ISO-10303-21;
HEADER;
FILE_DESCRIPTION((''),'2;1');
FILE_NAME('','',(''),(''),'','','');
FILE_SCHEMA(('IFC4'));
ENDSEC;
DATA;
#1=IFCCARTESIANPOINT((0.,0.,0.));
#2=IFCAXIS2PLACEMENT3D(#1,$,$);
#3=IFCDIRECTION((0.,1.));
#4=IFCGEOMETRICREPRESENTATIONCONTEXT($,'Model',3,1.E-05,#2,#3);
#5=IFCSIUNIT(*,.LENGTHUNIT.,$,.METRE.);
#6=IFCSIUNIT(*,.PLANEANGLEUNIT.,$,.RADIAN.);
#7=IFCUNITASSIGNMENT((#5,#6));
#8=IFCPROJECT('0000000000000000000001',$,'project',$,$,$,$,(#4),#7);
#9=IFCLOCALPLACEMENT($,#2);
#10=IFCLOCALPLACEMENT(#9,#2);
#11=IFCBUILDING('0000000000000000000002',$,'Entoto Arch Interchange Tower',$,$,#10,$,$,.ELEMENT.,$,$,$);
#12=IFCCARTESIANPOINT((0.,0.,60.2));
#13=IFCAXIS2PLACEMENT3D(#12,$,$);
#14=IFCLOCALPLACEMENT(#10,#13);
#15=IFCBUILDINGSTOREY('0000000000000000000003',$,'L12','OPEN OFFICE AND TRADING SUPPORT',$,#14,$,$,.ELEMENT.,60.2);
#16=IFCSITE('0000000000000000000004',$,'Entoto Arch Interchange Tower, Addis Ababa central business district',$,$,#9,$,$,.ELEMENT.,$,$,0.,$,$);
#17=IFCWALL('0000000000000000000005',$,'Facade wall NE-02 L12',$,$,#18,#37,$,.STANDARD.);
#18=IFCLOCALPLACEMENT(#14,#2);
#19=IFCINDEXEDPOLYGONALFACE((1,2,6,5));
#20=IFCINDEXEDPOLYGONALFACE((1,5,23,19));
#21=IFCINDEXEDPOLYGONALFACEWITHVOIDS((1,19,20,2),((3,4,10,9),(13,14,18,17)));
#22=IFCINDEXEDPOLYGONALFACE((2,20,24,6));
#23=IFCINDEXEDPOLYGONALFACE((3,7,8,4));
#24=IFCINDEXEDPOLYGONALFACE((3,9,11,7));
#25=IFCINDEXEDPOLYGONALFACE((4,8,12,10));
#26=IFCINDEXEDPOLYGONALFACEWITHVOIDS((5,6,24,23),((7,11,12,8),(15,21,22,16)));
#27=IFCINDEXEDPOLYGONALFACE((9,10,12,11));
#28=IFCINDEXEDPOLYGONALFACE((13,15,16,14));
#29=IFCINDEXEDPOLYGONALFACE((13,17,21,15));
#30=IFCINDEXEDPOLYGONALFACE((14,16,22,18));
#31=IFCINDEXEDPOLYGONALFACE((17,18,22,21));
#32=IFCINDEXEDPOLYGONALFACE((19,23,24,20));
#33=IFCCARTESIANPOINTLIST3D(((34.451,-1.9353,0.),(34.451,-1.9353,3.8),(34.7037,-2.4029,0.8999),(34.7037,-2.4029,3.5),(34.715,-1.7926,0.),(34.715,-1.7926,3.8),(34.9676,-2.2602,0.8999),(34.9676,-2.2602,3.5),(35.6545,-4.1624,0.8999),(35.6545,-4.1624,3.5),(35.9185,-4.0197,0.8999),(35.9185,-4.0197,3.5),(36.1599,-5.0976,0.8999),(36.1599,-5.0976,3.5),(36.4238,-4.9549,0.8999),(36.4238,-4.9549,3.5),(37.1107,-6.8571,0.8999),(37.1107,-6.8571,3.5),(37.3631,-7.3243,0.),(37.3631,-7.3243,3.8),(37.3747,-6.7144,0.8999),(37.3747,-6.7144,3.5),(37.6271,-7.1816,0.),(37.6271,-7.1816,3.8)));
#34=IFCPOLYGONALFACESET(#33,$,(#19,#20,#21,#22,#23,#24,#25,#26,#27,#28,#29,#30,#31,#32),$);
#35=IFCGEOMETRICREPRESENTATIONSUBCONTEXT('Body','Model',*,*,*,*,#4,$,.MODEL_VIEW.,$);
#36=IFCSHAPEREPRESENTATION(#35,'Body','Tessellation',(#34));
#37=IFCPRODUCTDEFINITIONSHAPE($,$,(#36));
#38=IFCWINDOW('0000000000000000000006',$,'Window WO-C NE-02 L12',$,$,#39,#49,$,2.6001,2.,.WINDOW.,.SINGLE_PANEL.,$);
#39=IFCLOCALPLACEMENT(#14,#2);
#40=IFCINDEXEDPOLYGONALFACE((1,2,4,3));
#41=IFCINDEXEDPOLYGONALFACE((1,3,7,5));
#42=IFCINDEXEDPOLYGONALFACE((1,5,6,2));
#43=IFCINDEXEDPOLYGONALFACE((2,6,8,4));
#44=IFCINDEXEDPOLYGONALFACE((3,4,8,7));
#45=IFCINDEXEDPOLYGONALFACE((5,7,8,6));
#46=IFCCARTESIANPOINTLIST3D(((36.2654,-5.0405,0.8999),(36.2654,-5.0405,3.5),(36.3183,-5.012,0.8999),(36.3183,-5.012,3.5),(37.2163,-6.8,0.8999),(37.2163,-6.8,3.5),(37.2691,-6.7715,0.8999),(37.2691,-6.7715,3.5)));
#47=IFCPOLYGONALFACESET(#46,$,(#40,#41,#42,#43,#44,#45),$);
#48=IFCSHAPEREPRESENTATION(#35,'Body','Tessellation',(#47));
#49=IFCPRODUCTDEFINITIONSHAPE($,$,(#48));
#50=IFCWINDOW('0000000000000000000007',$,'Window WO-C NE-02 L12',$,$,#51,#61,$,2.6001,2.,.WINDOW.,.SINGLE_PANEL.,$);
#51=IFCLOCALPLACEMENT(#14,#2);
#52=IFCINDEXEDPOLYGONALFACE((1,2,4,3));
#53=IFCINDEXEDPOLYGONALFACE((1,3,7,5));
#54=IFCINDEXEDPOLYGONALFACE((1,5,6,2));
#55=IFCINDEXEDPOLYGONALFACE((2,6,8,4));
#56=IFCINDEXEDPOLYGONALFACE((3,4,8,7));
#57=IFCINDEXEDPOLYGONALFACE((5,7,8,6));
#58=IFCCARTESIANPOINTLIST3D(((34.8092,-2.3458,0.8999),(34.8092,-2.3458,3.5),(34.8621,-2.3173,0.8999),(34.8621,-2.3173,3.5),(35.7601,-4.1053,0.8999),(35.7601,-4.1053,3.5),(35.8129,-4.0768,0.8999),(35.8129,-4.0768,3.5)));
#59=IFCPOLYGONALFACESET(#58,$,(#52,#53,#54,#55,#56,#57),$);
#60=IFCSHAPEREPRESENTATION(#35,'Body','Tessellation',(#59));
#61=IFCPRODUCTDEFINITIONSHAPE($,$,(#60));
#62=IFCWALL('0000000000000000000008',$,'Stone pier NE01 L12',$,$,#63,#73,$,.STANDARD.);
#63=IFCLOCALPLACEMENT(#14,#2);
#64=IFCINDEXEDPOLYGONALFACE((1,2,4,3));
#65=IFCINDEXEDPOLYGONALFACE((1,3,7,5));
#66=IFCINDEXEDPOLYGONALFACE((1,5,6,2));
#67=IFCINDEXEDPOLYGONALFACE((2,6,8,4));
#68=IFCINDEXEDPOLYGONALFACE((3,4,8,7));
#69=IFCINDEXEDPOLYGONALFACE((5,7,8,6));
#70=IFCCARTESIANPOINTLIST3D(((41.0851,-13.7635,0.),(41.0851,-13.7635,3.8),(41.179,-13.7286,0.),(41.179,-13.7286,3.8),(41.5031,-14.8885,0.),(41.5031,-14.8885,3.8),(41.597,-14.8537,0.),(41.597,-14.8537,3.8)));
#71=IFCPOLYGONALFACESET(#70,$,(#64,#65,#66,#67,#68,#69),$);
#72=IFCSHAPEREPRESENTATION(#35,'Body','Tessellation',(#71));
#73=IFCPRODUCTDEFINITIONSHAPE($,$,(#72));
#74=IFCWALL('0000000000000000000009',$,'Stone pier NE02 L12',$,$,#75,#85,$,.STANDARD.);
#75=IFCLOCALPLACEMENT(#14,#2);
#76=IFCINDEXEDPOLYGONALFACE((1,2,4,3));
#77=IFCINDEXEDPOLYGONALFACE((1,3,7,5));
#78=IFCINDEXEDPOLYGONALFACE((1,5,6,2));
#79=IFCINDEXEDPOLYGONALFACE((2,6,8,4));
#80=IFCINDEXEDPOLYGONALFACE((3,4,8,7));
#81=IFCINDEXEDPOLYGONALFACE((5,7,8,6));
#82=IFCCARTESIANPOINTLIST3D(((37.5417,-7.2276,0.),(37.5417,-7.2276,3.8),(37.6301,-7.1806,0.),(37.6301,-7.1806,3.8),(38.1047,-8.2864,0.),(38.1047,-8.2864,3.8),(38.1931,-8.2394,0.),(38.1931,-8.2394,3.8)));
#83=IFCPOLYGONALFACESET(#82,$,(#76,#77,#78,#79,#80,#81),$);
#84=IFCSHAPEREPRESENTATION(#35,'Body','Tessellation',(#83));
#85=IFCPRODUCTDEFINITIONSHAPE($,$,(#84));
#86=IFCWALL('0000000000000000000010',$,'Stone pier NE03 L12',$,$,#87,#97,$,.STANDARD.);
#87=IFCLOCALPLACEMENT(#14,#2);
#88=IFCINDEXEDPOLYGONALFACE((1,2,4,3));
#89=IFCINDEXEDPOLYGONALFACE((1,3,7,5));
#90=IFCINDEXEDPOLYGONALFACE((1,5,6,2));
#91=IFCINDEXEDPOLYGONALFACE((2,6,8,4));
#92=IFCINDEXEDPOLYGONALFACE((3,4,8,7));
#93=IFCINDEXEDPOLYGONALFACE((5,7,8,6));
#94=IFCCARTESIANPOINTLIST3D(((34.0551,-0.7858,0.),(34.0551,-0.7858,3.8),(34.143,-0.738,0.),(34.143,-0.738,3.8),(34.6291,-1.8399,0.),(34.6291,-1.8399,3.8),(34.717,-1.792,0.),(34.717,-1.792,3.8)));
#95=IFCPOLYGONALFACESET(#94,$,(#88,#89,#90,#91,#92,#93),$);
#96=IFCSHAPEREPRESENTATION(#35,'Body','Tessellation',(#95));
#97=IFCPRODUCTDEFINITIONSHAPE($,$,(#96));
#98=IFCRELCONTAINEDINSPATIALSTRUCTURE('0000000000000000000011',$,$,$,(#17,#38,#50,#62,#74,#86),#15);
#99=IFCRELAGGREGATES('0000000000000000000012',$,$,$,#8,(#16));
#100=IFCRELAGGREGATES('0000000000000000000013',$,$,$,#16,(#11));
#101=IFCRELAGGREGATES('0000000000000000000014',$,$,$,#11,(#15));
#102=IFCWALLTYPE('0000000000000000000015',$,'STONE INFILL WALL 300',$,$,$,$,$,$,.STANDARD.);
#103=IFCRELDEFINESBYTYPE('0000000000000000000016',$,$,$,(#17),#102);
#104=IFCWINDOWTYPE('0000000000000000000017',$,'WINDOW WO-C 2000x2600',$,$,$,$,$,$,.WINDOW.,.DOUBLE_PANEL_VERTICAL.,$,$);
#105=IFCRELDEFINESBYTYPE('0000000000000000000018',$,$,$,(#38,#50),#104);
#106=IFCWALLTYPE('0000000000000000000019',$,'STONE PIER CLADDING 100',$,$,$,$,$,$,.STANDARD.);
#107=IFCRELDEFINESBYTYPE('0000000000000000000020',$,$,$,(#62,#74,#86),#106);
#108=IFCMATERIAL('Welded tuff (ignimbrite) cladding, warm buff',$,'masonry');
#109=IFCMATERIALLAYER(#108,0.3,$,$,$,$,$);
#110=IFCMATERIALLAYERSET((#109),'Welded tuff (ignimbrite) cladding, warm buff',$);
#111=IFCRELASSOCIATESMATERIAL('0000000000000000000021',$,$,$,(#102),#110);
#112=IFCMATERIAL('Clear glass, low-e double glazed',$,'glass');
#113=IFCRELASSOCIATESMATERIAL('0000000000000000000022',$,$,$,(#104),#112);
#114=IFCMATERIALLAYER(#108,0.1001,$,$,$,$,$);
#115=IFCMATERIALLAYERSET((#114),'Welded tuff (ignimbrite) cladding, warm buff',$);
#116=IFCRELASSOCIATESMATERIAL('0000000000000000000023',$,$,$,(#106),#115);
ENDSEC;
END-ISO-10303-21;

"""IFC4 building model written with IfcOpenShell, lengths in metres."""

from ifc_helpers import new_model, si_unit, direction, frame, frame_2d, origin, place, context, subcontext, project, spatial, rectangle, extrude, material, layer, layer_set, type_object, element, fill, save


model = new_model("IFC4")

# Units and contexts
model_context = context("Model", 3, precision=1e-05, world=origin(), true_north=direction((0.0, 1.0)))
body_context = subcontext(model_context, "Body", "Model", "MODEL_VIEW")
ifc_project = project(units=[si_unit("LENGTHUNIT", "METRE"), si_unit("PLANEANGLEUNIT", "RADIAN")], contexts=[model_context])

# Site, building, storey
site_placement = place(None, origin())
site = spatial("IfcSite", under=ifc_project, at=site_placement, Name="Entoto Arch Interchange Tower, Addis Ababa central business district", CompositionType="ELEMENT", RefElevation=0.0)
building_placement = place(site_placement, origin())
building = spatial("IfcBuilding", under=site, at=building_placement, Name="Entoto Arch Interchange Tower", CompositionType="ELEMENT")
storey_placement = place(building_placement, frame((0.0, 0.0, 60.2)))
storey = spatial("IfcBuildingStorey", under=building, at=storey_placement, Name="L12", Description="OPEN OFFICE AND TRADING SUPPORT", CompositionType="ELEMENT", Elevation=60.2)

# Shared definitions
ifc_material_1 = material(Name="Welded tuff (ignimbrite) cladding, warm buff", Category="masonry")
ifc_layer_1 = layer(ifc_material_1, 0.3)
ifc_layer_set_1 = layer_set([ifc_layer_1], Name="Welded tuff (ignimbrite) cladding, warm buff")
wall_type_1 = type_object("IfcWallType", Name="STONE INFILL WALL 300", PredefinedType="STANDARD", material=ifc_layer_set_1)
ifc_material_2 = material(Name="Clear glass, low-e double glazed", Category="glass")

# Wall, openings, windows
window_type_1 = type_object("IfcWindowType", Name="WINDOW WO-C 2000x2600", PartitioningType="DOUBLE_PANEL_VERTICAL", PredefinedType="WINDOW", material=ifc_material_2)
wall_1_placement = place(storey_placement, frame((37.4951, -7.2529, 0.0), z_axis=(0.0, 0.0, 1.0), x_axis=(-0.475414, 0.879762, 0.0)))
wall_1 = element("IfcWall", 1, at=wall_1_placement, inside=storey, type_object=wall_type_1, Name="Facade wall NE-02 L12", PredefinedType="STANDARD", context=body_context, shape_type="SweptSolid", body=[
    extrude(rectangle(XDim=6.1255, YDim=0.3, at=frame_2d((3.0627, 0.0))), origin(), (0.0, 0.0, 1.0), 3.8),
])
opening_1_placement = place(wall_1_placement, frame((0.531, 0.0, 0.8999)))
opening_1 = element("IfcOpeningElement", 2, at=opening_1_placement, cuts=wall_1, PredefinedType="OPENING", context=body_context, shape_type="SweptSolid", body=[
    extrude(rectangle(XDim=2.0, YDim=2.6001, at=frame_2d((1.0, 1.3))), frame((0.0, 0.1602, 0.0), z_axis=(0.0, -1.0, 0.0), x_axis=(1.0, 0.0, 0.0)), (0.0, 0.0, 1.0), 0.3201),
])
opening_2_placement = place(wall_1_placement, frame((3.594, 0.0, 0.8999)))
opening_2 = element("IfcOpeningElement", 3, at=opening_2_placement, cuts=wall_1, PredefinedType="OPENING", context=body_context, shape_type="SweptSolid", body=[
    extrude(rectangle(XDim=2.0, YDim=2.6001, at=frame_2d((1.0, 1.3))), frame((0.0, 0.1602, 0.0), z_axis=(0.0, -1.0, 0.0), x_axis=(1.0, 0.0, 0.0)), (0.0, 0.0, 1.0), 0.3201),
])
window_1_placement = place(opening_1_placement, origin())
window_1 = element("IfcWindow", 4, at=window_1_placement, inside=storey, type_object=window_type_1, Name="Window WO-C NE-02 L12", OverallHeight=2.6001, OverallWidth=2.0, PartitioningType="SINGLE_PANEL", PredefinedType="WINDOW", context=body_context, shape_type="SweptSolid", body=[
    extrude(rectangle(XDim=2.0, YDim=2.6001, at=frame_2d((1.0, 1.3))), frame((0.0, 0.03, 0.0), z_axis=(0.0, -1.0, 0.0), x_axis=(1.0, 0.0, 0.0)), (0.0, 0.0, 1.0), 0.0601),
])
fill(opening_1, window_1)
window_2_placement = place(opening_2_placement, origin())
window_2 = element("IfcWindow", 5, at=window_2_placement, inside=storey, type_object=window_type_1, Name="Window WO-C NE-02 L12", OverallHeight=2.6001, OverallWidth=2.0, PartitioningType="SINGLE_PANEL", PredefinedType="WINDOW", context=body_context, shape_type="SweptSolid", body=[
    extrude(rectangle(XDim=2.0, YDim=2.6001, at=frame_2d((1.0, 1.3))), frame((0.0, 0.03, 0.0), z_axis=(0.0, -1.0, 0.0), x_axis=(1.0, 0.0, 0.0)), (0.0, 0.0, 1.0), 0.0601),
])
fill(opening_2, window_2)

# Walls
ifc_layer_2 = layer(ifc_material_1, 0.1001)
ifc_layer_set_2 = layer_set([ifc_layer_2], Name="Welded tuff (ignimbrite) cladding, warm buff")
wall_type_2 = type_object("IfcWallType", Name="STONE PIER CLADDING 100", PredefinedType="STANDARD", material=ifc_layer_set_2)
wall_2_placement = place(storey_placement, frame((41.55, -14.8711, 0.0), z_axis=(0.0, 0.0, 1.0), x_axis=(-0.348268, 0.937395, 0.0)))
element("IfcWall", 6, at=wall_2_placement, inside=storey, type_object=wall_type_2, Name="Stone pier NE01 L12", PredefinedType="STANDARD", context=body_context, shape_type="SweptSolid", body=[
    extrude(rectangle(XDim=1.2002, YDim=0.1001, at=frame_2d((0.6001, 0.0))), origin(), (0.0, 0.0, 1.0), 3.8),
])
wall_3_placement = place(storey_placement, frame((38.1489, -8.2629, 0.0), z_axis=(0.0, 0.0, 1.0), x_axis=(-0.469468, 0.88295, 0.0)))
element("IfcWall", 7, at=wall_3_placement, inside=storey, type_object=wall_type_2, Name="Stone pier NE02 L12", PredefinedType="STANDARD", context=body_context, shape_type="SweptSolid", body=[
    extrude(rectangle(XDim=1.1992, YDim=0.1001, at=frame_2d((0.5996, 0.0))), origin(), (0.0, 0.0, 1.0), 3.8),
])
wall_4_placement = place(storey_placement, frame((34.6731, -1.8159, 0.0), z_axis=(0.0, 0.0, 1.0), x_axis=(-0.478268, 0.878214, 0.0)))
element("IfcWall", 8, at=wall_4_placement, inside=storey, type_object=wall_type_2, Name="Stone pier NE03 L12", PredefinedType="STANDARD", context=body_context, shape_type="SweptSolid", body=[
    extrude(rectangle(XDim=1.2002, YDim=0.1001, at=frame_2d((0.6001, 0.0))), origin(), (0.0, 0.0, 1.0), 3.8),
])

save(model, "model.ifc")
